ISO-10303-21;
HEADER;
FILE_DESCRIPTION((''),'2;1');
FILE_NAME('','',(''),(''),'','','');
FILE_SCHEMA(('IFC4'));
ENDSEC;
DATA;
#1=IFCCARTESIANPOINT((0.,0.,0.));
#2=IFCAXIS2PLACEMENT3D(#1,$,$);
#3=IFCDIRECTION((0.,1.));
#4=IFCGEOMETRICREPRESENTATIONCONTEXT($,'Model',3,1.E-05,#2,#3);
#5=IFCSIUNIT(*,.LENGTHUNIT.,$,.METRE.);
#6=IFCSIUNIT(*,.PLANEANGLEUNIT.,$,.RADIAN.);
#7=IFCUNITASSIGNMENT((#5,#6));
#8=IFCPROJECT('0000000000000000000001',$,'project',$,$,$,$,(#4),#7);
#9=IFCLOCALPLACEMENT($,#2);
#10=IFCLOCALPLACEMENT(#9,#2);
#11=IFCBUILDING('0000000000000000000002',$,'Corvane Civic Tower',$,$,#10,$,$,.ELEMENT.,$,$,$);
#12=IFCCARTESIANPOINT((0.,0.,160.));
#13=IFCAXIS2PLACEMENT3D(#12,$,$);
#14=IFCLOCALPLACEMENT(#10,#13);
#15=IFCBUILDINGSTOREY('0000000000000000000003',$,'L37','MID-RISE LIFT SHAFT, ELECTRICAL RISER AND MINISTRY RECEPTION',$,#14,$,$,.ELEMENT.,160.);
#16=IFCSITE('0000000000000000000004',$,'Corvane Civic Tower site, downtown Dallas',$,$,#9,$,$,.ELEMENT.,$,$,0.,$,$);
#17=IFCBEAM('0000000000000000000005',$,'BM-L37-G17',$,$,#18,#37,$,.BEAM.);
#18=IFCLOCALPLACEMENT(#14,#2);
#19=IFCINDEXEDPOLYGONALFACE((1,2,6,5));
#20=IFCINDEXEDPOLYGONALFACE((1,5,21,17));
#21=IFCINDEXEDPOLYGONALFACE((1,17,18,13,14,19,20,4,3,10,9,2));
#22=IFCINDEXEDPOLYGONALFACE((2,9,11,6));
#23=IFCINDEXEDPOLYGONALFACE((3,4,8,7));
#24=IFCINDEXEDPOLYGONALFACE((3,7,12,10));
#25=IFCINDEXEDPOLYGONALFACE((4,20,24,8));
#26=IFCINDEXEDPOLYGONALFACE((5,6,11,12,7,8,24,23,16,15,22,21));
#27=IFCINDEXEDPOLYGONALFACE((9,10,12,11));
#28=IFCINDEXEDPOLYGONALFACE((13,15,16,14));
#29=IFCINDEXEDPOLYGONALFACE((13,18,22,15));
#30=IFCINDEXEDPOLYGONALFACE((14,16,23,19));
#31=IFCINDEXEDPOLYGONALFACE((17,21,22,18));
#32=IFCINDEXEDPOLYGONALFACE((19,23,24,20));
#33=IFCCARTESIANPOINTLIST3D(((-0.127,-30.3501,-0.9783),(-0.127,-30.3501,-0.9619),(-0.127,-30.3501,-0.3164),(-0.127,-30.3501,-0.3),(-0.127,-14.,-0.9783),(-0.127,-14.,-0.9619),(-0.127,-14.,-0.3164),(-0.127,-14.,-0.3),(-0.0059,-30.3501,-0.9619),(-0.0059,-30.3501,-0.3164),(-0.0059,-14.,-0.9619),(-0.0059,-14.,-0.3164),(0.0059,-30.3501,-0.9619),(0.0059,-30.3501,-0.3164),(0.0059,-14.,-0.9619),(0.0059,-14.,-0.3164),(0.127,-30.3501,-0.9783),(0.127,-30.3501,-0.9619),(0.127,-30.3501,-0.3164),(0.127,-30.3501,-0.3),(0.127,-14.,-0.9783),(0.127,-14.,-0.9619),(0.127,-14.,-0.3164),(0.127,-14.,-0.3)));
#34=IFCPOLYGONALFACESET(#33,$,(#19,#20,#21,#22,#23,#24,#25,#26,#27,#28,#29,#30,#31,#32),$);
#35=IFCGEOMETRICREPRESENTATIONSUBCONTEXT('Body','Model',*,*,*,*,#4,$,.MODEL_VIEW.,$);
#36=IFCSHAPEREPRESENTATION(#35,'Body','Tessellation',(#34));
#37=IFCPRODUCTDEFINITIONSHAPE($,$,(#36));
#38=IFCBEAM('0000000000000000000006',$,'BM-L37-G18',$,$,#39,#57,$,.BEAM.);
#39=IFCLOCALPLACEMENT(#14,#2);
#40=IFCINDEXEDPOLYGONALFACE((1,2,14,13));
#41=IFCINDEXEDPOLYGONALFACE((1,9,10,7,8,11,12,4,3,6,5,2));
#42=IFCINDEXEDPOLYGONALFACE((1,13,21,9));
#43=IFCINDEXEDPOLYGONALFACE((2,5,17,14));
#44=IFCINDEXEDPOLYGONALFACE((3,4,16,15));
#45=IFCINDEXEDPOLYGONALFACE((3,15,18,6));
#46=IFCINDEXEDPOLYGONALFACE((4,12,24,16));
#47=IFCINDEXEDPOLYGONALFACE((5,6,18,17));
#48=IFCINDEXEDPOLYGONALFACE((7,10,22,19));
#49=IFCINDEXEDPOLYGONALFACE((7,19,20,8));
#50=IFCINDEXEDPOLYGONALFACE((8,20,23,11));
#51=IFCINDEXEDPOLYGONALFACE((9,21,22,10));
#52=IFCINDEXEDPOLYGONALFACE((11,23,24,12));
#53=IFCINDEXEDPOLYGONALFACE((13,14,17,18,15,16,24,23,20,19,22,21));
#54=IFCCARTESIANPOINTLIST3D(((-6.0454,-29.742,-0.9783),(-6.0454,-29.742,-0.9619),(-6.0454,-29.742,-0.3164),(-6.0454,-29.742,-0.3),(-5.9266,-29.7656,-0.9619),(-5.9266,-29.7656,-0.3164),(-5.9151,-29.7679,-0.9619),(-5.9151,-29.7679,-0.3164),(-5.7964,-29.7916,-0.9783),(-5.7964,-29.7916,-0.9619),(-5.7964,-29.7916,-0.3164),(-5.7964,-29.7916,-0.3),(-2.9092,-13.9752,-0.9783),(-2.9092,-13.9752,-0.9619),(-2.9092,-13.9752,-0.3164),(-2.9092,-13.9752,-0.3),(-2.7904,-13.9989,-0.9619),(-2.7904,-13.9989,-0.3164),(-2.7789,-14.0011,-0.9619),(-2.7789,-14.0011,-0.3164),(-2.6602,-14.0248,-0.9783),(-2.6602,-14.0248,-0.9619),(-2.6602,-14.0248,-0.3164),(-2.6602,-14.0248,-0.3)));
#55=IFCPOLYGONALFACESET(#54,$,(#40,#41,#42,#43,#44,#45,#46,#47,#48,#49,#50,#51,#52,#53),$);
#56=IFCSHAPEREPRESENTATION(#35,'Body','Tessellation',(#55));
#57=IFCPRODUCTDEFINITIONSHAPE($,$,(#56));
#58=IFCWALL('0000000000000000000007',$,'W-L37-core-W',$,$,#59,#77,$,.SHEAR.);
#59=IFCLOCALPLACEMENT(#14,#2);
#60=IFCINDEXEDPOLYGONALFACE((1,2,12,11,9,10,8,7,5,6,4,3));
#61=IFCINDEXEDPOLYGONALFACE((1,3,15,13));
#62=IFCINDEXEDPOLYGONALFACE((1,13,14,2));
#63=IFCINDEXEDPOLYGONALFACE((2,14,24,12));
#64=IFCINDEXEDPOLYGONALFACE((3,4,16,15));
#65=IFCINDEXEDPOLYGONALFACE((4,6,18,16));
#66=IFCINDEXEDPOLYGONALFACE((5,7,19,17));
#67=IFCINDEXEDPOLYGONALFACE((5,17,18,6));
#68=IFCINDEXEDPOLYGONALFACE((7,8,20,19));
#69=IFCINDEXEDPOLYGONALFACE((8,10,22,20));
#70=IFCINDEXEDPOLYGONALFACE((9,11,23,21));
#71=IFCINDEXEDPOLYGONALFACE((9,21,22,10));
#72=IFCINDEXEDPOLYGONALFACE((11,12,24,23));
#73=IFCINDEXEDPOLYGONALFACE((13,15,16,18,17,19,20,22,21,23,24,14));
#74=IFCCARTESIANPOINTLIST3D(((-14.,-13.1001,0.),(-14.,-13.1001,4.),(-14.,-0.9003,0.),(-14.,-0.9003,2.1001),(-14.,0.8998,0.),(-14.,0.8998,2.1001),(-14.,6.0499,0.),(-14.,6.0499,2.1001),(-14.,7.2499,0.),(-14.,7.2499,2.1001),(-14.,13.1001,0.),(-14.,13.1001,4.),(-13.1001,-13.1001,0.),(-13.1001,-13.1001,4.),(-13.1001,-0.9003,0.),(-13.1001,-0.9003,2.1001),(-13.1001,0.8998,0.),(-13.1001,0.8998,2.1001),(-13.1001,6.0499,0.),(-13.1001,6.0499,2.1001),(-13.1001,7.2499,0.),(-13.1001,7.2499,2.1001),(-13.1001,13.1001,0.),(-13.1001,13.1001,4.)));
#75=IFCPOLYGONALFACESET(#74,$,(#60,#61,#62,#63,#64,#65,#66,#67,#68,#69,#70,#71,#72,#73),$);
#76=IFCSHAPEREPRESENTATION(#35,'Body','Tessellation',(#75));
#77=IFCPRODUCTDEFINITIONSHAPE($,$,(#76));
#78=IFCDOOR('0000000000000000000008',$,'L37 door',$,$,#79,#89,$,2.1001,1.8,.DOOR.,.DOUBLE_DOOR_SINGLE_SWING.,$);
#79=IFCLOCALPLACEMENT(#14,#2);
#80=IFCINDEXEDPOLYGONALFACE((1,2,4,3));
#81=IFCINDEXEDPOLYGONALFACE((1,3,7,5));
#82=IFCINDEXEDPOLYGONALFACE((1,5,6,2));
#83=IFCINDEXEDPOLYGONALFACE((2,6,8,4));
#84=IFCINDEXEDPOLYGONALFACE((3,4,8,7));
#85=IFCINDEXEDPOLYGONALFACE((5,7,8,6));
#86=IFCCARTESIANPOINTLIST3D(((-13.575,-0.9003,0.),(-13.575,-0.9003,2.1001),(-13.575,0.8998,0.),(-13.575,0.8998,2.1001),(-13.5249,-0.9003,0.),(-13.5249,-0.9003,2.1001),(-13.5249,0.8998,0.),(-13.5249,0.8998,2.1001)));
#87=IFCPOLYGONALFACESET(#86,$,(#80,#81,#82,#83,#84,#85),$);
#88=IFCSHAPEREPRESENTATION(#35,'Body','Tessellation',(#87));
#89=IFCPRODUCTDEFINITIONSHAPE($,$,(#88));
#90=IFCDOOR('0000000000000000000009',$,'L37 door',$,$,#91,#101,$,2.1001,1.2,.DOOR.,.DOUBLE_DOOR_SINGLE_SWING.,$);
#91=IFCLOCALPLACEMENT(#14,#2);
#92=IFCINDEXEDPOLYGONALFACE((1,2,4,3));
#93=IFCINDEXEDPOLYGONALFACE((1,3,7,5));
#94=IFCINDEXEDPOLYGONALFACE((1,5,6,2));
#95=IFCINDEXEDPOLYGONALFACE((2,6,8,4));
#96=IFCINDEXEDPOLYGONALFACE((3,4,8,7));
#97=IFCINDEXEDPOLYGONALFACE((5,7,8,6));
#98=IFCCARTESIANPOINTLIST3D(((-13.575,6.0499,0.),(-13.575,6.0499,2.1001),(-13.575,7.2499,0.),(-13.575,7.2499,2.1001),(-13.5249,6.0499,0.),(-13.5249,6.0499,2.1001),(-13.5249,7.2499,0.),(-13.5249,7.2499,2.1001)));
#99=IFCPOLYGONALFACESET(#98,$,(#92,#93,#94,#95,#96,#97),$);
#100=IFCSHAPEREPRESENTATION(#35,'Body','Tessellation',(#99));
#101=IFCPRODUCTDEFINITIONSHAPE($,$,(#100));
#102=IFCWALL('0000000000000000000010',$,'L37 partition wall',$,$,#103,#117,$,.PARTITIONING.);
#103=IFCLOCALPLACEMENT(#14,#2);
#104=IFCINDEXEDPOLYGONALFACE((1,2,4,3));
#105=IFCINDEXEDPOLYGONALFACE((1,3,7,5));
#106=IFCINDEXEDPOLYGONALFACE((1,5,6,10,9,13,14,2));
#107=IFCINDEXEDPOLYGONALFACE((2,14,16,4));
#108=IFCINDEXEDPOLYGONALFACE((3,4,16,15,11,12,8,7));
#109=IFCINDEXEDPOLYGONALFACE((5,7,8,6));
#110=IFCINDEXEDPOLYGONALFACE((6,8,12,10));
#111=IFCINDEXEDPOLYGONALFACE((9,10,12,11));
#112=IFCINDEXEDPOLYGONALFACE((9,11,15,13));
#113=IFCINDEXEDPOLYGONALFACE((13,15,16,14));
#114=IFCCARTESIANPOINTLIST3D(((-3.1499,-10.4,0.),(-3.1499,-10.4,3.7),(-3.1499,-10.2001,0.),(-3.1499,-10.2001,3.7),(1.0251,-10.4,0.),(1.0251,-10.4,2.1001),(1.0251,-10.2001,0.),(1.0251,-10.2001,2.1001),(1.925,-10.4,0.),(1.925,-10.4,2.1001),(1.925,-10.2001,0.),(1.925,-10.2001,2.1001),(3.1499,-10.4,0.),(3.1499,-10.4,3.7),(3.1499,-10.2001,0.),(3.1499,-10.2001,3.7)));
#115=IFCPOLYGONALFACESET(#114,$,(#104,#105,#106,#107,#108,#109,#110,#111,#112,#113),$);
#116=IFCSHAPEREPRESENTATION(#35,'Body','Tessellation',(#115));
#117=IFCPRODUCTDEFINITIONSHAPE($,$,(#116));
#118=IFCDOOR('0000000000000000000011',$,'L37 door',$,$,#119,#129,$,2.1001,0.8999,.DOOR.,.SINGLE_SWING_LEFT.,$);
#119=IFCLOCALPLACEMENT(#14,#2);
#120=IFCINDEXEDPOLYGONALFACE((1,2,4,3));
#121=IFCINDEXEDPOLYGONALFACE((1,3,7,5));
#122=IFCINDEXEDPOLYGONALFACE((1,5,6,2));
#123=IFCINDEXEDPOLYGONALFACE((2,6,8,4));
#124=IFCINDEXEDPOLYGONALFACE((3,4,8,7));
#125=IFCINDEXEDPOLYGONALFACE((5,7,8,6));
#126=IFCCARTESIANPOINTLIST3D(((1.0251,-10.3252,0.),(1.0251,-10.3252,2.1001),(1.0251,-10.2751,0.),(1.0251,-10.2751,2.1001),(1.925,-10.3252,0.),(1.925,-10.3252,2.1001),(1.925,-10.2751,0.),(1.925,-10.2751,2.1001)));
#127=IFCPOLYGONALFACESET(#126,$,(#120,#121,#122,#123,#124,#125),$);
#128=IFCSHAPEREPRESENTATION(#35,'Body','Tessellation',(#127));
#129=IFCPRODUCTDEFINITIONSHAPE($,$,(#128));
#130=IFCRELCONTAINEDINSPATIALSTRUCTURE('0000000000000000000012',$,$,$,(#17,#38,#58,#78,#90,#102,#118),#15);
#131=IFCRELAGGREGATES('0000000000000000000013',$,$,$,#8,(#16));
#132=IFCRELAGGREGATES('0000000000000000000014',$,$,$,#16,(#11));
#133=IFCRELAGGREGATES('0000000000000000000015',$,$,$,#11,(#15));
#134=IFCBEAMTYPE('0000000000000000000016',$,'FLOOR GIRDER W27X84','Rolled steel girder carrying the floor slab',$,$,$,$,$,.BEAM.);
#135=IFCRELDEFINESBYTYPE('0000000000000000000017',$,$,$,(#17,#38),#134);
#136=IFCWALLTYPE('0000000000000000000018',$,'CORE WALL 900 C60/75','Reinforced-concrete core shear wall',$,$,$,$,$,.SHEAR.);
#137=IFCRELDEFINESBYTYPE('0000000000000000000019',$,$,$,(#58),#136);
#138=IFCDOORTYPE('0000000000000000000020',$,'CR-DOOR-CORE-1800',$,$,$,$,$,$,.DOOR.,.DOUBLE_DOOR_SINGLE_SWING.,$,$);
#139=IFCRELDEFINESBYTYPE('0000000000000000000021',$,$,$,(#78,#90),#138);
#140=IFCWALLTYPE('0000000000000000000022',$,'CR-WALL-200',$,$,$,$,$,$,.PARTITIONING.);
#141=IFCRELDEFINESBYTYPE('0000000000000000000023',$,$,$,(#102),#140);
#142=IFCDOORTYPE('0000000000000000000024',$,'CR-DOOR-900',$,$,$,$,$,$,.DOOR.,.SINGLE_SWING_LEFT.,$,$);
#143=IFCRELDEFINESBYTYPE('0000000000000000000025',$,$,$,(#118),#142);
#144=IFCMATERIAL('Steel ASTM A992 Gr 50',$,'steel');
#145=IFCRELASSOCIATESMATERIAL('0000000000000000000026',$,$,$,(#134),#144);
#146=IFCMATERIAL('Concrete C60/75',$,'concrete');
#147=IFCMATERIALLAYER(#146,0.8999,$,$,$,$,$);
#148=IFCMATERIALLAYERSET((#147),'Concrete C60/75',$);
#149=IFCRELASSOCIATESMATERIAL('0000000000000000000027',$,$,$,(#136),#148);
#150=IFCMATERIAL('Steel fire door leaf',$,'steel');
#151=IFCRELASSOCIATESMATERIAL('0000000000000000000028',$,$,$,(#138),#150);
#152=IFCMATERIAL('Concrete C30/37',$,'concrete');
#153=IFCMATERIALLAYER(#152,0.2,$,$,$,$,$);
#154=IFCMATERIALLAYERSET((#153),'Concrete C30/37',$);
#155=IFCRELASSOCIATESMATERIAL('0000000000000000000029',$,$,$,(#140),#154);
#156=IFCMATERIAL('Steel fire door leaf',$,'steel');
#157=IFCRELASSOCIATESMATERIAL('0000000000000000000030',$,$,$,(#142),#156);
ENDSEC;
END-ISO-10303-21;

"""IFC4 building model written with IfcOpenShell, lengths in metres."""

from ifc_helpers import new_model, si_unit, direction, frame, frame_2d, origin, origin_2d, place, context, subcontext, project, spatial, rectangle, i_section, extrude, material, layer, layer_set, material_profile, profile_set, type_object, element, fill, save


model = new_model("IFC4")

# Units and contexts
model_context = context("Model", 3, precision=1e-05, world=origin(), true_north=direction((0.0, 1.0)))
body_context = subcontext(model_context, "Body", "Model", "MODEL_VIEW")
ifc_project = project(units=[si_unit("LENGTHUNIT", "METRE"), si_unit("PLANEANGLEUNIT", "RADIAN")], contexts=[model_context])

# Site, building, storey
site_placement = place(None, origin())
site = spatial("IfcSite", under=ifc_project, at=site_placement, Name="Corvane Civic Tower site, downtown Dallas", CompositionType="ELEMENT", RefElevation=0.0)
building_placement = place(site_placement, origin())
building = spatial("IfcBuilding", under=site, at=building_placement, Name="Corvane Civic Tower", CompositionType="ELEMENT")
storey_placement = place(building_placement, frame((0.0, 0.0, 160.0)))
storey = spatial("IfcBuildingStorey", under=building, at=storey_placement, Name="L37", Description="MID-RISE LIFT SHAFT, ELECTRICAL RISER AND MINISTRY RECEPTION", CompositionType="ELEMENT", Elevation=160.0)

# Beams
ifc_material_1 = material(Name="Steel ASTM A992 Gr 50", Category="steel")
ifc_material_profile = material_profile(ifc_material_1, i_section(OverallWidth=0.2539, OverallDepth=0.6782, WebThickness=0.0117, FlangeThickness=0.0164, at=origin_2d()), Name="W27X84")
ifc_profile_set = profile_set([ifc_material_profile], Name="Steel ASTM A992 Gr 50")
beam_type = type_object("IfcBeamType", Name="FLOOR GIRDER W27X84", Description="Rolled steel girder carrying the floor slab", PredefinedType="BEAM", material=ifc_profile_set)
beam_1_placement = place(storey_placement, frame((0.0, -14.0, -0.6392), z_axis=(0.0, -1.0, 0.0), x_axis=(1.0, 0.0, 0.0)))
element("IfcBeam", 1, at=beam_1_placement, inside=storey, type_object=beam_type, Name="BM-L37-G17", PredefinedType="BEAM", context=body_context, shape_type="SweptSolid", body=[
    extrude(i_section(OverallWidth=0.2539, OverallDepth=0.6782, WebThickness=0.0117, FlangeThickness=0.0164, at=origin_2d()), origin(), (0.0, 0.0, 1.0), 16.3501),
])
beam_2_placement = place(storey_placement, frame((-2.7847, -14.0, -0.6392), z_axis=(-0.195091, -0.980785, 0.0), x_axis=(0.980785, -0.195091, 0.0)))
element("IfcBeam", 2, at=beam_2_placement, inside=storey, type_object=beam_type, Name="BM-L37-G18", PredefinedType="BEAM", context=body_context, shape_type="SweptSolid", body=[
    extrude(i_section(OverallWidth=0.2539, OverallDepth=0.6782, WebThickness=0.0117, FlangeThickness=0.0164, at=origin_2d()), origin(), (0.0, 0.0, 1.0), 16.0757),
])

# Wall, openings, doors
ifc_material_2 = material(Name="Concrete C60/75", Category="concrete")
ifc_layer_1 = layer(ifc_material_2, 0.8999)
ifc_layer_set_1 = layer_set([ifc_layer_1], Name="Concrete C60/75")
wall_type_1 = type_object("IfcWallType", Name="CORE WALL 900 C60/75", Description="Reinforced-concrete core shear wall", PredefinedType="SHEAR", material=ifc_layer_set_1)
wall_1_placement = place(storey_placement, frame((-13.55, -13.1001, 0.0), z_axis=(0.0, 0.0, 1.0), x_axis=(0.0, 1.0, 0.0)))
wall_1 = element("IfcWall", 3, at=wall_1_placement, inside=storey, type_object=wall_type_1, Name="W-L37-core-W", PredefinedType="SHEAR", context=body_context, shape_type="SweptSolid", body=[
    extrude(rectangle(XDim=26.2002, YDim=0.8999, at=frame_2d((13.1001, 0.0))), origin(), (0.0, 0.0, 1.0), 4.0),
])
opening_1_placement = place(wall_1_placement, frame((12.2, 0.0, 0.0)))
opening_1 = element("IfcOpeningElement", 4, at=opening_1_placement, cuts=wall_1, PredefinedType="OPENING", context=body_context, shape_type="SweptSolid", body=[
    extrude(rectangle(XDim=1.8, YDim=2.1001, at=frame_2d((0.8999, 1.05))), frame((0.0, 0.46, 0.0), z_axis=(0.0, -1.0, 0.0), x_axis=(1.0, 0.0, 0.0)), (0.0, 0.0, 1.0), 0.9199),
])
opening_2_placement = place(wall_1_placement, frame((19.1499, 0.0, 0.0)))
opening_2 = element("IfcOpeningElement", 5, at=opening_2_placement, cuts=wall_1, PredefinedType="OPENING", context=body_context, shape_type="SweptSolid", body=[
    extrude(rectangle(XDim=1.2, YDim=2.1001, at=frame_2d((0.6001, 1.05))), frame((0.0, 0.46, 0.0), z_axis=(0.0, -1.0, 0.0), x_axis=(1.0, 0.0, 0.0)), (0.0, 0.0, 1.0), 0.9199),
])
ifc_material_3 = material(Name="Steel fire door leaf", Category="steel")
door_type_1 = type_object("IfcDoorType", Name="CR-DOOR-CORE-1800", OperationType="DOUBLE_DOOR_SINGLE_SWING", PredefinedType="DOOR", material=ifc_material_3)
door_1_placement = place(opening_1_placement, origin())
door_1 = element("IfcDoor", 6, at=door_1_placement, inside=storey, type_object=door_type_1, Name="L37 door", OperationType="DOUBLE_DOOR_SINGLE_SWING", OverallHeight=2.1001, OverallWidth=1.8, PredefinedType="DOOR", context=body_context, shape_type="SweptSolid", body=[
    extrude(rectangle(XDim=1.8, YDim=2.1001, at=frame_2d((0.8999, 1.05))), frame((0.0, 0.0249, 0.0), z_axis=(0.0, -1.0, 0.0), x_axis=(1.0, 0.0, 0.0)), (0.0, 0.0, 1.0), 0.05),
])
fill(opening_1, door_1)
door_2_placement = place(opening_2_placement, origin())
door_2 = element("IfcDoor", 7, at=door_2_placement, inside=storey, type_object=door_type_1, Name="L37 door", OperationType="DOUBLE_DOOR_SINGLE_SWING", OverallHeight=2.1001, OverallWidth=1.2, PredefinedType="DOOR", context=body_context, shape_type="SweptSolid", body=[
    extrude(rectangle(XDim=1.2, YDim=2.1001, at=frame_2d((0.6001, 1.05))), frame((0.0, 0.0249, 0.0), z_axis=(0.0, -1.0, 0.0), x_axis=(1.0, 0.0, 0.0)), (0.0, 0.0, 1.0), 0.05),
])
fill(opening_2, door_2)

# Wall, opening, door
ifc_material_4 = material(Name="Concrete C30/37", Category="concrete")
ifc_layer_2 = layer(ifc_material_4, 0.2)
ifc_layer_set_2 = layer_set([ifc_layer_2], Name="Concrete C30/37")
wall_type_2 = type_object("IfcWallType", Name="CR-WALL-200", PredefinedType="PARTITIONING", material=ifc_layer_set_2)
wall_2_placement = place(storey_placement, frame((-3.1499, -10.3, 0.0), z_axis=(0.0, 0.0, 1.0), x_axis=(1.0, 0.0, 0.0)))
wall_2 = element("IfcWall", 8, at=wall_2_placement, inside=storey, type_object=wall_type_2, Name="L37 partition wall", PredefinedType="PARTITIONING", context=body_context, shape_type="SweptSolid", body=[
    extrude(rectangle(XDim=6.2998, YDim=0.2, at=frame_2d((3.1499, 0.0))), origin(), (0.0, 0.0, 1.0), 3.7),
])
opening_3_placement = place(wall_2_placement, frame((4.175, 0.0, 0.0)))
opening_3 = element("IfcOpeningElement", 9, at=opening_3_placement, cuts=wall_2, PredefinedType="OPENING", context=body_context, shape_type="SweptSolid", body=[
    extrude(rectangle(XDim=0.8999, YDim=2.1001, at=frame_2d((0.45, 1.05))), frame((0.0, 0.1099, 0.0), z_axis=(0.0, -1.0, 0.0), x_axis=(1.0, 0.0, 0.0)), (0.0, 0.0, 1.0), 0.22),
])
ifc_material_5 = material(Name="Steel fire door leaf", Category="steel")
door_type_2 = type_object("IfcDoorType", Name="CR-DOOR-900", OperationType="SINGLE_SWING_LEFT", PredefinedType="DOOR", material=ifc_material_5)
door_3_placement = place(opening_3_placement, origin())
door_3 = element("IfcDoor", 10, at=door_3_placement, inside=storey, type_object=door_type_2, Name="L37 door", OperationType="SINGLE_SWING_LEFT", OverallHeight=2.1001, OverallWidth=0.8999, PredefinedType="DOOR", context=body_context, shape_type="SweptSolid", body=[
    extrude(rectangle(XDim=0.8999, YDim=2.1001, at=frame_2d((0.45, 1.05))), frame((0.0, 0.0249, 0.0), z_axis=(0.0, -1.0, 0.0), x_axis=(1.0, 0.0, 0.0)), (0.0, 0.0, 1.0), 0.05),
])
fill(opening_3, door_3)

save(model, "model.ifc")
